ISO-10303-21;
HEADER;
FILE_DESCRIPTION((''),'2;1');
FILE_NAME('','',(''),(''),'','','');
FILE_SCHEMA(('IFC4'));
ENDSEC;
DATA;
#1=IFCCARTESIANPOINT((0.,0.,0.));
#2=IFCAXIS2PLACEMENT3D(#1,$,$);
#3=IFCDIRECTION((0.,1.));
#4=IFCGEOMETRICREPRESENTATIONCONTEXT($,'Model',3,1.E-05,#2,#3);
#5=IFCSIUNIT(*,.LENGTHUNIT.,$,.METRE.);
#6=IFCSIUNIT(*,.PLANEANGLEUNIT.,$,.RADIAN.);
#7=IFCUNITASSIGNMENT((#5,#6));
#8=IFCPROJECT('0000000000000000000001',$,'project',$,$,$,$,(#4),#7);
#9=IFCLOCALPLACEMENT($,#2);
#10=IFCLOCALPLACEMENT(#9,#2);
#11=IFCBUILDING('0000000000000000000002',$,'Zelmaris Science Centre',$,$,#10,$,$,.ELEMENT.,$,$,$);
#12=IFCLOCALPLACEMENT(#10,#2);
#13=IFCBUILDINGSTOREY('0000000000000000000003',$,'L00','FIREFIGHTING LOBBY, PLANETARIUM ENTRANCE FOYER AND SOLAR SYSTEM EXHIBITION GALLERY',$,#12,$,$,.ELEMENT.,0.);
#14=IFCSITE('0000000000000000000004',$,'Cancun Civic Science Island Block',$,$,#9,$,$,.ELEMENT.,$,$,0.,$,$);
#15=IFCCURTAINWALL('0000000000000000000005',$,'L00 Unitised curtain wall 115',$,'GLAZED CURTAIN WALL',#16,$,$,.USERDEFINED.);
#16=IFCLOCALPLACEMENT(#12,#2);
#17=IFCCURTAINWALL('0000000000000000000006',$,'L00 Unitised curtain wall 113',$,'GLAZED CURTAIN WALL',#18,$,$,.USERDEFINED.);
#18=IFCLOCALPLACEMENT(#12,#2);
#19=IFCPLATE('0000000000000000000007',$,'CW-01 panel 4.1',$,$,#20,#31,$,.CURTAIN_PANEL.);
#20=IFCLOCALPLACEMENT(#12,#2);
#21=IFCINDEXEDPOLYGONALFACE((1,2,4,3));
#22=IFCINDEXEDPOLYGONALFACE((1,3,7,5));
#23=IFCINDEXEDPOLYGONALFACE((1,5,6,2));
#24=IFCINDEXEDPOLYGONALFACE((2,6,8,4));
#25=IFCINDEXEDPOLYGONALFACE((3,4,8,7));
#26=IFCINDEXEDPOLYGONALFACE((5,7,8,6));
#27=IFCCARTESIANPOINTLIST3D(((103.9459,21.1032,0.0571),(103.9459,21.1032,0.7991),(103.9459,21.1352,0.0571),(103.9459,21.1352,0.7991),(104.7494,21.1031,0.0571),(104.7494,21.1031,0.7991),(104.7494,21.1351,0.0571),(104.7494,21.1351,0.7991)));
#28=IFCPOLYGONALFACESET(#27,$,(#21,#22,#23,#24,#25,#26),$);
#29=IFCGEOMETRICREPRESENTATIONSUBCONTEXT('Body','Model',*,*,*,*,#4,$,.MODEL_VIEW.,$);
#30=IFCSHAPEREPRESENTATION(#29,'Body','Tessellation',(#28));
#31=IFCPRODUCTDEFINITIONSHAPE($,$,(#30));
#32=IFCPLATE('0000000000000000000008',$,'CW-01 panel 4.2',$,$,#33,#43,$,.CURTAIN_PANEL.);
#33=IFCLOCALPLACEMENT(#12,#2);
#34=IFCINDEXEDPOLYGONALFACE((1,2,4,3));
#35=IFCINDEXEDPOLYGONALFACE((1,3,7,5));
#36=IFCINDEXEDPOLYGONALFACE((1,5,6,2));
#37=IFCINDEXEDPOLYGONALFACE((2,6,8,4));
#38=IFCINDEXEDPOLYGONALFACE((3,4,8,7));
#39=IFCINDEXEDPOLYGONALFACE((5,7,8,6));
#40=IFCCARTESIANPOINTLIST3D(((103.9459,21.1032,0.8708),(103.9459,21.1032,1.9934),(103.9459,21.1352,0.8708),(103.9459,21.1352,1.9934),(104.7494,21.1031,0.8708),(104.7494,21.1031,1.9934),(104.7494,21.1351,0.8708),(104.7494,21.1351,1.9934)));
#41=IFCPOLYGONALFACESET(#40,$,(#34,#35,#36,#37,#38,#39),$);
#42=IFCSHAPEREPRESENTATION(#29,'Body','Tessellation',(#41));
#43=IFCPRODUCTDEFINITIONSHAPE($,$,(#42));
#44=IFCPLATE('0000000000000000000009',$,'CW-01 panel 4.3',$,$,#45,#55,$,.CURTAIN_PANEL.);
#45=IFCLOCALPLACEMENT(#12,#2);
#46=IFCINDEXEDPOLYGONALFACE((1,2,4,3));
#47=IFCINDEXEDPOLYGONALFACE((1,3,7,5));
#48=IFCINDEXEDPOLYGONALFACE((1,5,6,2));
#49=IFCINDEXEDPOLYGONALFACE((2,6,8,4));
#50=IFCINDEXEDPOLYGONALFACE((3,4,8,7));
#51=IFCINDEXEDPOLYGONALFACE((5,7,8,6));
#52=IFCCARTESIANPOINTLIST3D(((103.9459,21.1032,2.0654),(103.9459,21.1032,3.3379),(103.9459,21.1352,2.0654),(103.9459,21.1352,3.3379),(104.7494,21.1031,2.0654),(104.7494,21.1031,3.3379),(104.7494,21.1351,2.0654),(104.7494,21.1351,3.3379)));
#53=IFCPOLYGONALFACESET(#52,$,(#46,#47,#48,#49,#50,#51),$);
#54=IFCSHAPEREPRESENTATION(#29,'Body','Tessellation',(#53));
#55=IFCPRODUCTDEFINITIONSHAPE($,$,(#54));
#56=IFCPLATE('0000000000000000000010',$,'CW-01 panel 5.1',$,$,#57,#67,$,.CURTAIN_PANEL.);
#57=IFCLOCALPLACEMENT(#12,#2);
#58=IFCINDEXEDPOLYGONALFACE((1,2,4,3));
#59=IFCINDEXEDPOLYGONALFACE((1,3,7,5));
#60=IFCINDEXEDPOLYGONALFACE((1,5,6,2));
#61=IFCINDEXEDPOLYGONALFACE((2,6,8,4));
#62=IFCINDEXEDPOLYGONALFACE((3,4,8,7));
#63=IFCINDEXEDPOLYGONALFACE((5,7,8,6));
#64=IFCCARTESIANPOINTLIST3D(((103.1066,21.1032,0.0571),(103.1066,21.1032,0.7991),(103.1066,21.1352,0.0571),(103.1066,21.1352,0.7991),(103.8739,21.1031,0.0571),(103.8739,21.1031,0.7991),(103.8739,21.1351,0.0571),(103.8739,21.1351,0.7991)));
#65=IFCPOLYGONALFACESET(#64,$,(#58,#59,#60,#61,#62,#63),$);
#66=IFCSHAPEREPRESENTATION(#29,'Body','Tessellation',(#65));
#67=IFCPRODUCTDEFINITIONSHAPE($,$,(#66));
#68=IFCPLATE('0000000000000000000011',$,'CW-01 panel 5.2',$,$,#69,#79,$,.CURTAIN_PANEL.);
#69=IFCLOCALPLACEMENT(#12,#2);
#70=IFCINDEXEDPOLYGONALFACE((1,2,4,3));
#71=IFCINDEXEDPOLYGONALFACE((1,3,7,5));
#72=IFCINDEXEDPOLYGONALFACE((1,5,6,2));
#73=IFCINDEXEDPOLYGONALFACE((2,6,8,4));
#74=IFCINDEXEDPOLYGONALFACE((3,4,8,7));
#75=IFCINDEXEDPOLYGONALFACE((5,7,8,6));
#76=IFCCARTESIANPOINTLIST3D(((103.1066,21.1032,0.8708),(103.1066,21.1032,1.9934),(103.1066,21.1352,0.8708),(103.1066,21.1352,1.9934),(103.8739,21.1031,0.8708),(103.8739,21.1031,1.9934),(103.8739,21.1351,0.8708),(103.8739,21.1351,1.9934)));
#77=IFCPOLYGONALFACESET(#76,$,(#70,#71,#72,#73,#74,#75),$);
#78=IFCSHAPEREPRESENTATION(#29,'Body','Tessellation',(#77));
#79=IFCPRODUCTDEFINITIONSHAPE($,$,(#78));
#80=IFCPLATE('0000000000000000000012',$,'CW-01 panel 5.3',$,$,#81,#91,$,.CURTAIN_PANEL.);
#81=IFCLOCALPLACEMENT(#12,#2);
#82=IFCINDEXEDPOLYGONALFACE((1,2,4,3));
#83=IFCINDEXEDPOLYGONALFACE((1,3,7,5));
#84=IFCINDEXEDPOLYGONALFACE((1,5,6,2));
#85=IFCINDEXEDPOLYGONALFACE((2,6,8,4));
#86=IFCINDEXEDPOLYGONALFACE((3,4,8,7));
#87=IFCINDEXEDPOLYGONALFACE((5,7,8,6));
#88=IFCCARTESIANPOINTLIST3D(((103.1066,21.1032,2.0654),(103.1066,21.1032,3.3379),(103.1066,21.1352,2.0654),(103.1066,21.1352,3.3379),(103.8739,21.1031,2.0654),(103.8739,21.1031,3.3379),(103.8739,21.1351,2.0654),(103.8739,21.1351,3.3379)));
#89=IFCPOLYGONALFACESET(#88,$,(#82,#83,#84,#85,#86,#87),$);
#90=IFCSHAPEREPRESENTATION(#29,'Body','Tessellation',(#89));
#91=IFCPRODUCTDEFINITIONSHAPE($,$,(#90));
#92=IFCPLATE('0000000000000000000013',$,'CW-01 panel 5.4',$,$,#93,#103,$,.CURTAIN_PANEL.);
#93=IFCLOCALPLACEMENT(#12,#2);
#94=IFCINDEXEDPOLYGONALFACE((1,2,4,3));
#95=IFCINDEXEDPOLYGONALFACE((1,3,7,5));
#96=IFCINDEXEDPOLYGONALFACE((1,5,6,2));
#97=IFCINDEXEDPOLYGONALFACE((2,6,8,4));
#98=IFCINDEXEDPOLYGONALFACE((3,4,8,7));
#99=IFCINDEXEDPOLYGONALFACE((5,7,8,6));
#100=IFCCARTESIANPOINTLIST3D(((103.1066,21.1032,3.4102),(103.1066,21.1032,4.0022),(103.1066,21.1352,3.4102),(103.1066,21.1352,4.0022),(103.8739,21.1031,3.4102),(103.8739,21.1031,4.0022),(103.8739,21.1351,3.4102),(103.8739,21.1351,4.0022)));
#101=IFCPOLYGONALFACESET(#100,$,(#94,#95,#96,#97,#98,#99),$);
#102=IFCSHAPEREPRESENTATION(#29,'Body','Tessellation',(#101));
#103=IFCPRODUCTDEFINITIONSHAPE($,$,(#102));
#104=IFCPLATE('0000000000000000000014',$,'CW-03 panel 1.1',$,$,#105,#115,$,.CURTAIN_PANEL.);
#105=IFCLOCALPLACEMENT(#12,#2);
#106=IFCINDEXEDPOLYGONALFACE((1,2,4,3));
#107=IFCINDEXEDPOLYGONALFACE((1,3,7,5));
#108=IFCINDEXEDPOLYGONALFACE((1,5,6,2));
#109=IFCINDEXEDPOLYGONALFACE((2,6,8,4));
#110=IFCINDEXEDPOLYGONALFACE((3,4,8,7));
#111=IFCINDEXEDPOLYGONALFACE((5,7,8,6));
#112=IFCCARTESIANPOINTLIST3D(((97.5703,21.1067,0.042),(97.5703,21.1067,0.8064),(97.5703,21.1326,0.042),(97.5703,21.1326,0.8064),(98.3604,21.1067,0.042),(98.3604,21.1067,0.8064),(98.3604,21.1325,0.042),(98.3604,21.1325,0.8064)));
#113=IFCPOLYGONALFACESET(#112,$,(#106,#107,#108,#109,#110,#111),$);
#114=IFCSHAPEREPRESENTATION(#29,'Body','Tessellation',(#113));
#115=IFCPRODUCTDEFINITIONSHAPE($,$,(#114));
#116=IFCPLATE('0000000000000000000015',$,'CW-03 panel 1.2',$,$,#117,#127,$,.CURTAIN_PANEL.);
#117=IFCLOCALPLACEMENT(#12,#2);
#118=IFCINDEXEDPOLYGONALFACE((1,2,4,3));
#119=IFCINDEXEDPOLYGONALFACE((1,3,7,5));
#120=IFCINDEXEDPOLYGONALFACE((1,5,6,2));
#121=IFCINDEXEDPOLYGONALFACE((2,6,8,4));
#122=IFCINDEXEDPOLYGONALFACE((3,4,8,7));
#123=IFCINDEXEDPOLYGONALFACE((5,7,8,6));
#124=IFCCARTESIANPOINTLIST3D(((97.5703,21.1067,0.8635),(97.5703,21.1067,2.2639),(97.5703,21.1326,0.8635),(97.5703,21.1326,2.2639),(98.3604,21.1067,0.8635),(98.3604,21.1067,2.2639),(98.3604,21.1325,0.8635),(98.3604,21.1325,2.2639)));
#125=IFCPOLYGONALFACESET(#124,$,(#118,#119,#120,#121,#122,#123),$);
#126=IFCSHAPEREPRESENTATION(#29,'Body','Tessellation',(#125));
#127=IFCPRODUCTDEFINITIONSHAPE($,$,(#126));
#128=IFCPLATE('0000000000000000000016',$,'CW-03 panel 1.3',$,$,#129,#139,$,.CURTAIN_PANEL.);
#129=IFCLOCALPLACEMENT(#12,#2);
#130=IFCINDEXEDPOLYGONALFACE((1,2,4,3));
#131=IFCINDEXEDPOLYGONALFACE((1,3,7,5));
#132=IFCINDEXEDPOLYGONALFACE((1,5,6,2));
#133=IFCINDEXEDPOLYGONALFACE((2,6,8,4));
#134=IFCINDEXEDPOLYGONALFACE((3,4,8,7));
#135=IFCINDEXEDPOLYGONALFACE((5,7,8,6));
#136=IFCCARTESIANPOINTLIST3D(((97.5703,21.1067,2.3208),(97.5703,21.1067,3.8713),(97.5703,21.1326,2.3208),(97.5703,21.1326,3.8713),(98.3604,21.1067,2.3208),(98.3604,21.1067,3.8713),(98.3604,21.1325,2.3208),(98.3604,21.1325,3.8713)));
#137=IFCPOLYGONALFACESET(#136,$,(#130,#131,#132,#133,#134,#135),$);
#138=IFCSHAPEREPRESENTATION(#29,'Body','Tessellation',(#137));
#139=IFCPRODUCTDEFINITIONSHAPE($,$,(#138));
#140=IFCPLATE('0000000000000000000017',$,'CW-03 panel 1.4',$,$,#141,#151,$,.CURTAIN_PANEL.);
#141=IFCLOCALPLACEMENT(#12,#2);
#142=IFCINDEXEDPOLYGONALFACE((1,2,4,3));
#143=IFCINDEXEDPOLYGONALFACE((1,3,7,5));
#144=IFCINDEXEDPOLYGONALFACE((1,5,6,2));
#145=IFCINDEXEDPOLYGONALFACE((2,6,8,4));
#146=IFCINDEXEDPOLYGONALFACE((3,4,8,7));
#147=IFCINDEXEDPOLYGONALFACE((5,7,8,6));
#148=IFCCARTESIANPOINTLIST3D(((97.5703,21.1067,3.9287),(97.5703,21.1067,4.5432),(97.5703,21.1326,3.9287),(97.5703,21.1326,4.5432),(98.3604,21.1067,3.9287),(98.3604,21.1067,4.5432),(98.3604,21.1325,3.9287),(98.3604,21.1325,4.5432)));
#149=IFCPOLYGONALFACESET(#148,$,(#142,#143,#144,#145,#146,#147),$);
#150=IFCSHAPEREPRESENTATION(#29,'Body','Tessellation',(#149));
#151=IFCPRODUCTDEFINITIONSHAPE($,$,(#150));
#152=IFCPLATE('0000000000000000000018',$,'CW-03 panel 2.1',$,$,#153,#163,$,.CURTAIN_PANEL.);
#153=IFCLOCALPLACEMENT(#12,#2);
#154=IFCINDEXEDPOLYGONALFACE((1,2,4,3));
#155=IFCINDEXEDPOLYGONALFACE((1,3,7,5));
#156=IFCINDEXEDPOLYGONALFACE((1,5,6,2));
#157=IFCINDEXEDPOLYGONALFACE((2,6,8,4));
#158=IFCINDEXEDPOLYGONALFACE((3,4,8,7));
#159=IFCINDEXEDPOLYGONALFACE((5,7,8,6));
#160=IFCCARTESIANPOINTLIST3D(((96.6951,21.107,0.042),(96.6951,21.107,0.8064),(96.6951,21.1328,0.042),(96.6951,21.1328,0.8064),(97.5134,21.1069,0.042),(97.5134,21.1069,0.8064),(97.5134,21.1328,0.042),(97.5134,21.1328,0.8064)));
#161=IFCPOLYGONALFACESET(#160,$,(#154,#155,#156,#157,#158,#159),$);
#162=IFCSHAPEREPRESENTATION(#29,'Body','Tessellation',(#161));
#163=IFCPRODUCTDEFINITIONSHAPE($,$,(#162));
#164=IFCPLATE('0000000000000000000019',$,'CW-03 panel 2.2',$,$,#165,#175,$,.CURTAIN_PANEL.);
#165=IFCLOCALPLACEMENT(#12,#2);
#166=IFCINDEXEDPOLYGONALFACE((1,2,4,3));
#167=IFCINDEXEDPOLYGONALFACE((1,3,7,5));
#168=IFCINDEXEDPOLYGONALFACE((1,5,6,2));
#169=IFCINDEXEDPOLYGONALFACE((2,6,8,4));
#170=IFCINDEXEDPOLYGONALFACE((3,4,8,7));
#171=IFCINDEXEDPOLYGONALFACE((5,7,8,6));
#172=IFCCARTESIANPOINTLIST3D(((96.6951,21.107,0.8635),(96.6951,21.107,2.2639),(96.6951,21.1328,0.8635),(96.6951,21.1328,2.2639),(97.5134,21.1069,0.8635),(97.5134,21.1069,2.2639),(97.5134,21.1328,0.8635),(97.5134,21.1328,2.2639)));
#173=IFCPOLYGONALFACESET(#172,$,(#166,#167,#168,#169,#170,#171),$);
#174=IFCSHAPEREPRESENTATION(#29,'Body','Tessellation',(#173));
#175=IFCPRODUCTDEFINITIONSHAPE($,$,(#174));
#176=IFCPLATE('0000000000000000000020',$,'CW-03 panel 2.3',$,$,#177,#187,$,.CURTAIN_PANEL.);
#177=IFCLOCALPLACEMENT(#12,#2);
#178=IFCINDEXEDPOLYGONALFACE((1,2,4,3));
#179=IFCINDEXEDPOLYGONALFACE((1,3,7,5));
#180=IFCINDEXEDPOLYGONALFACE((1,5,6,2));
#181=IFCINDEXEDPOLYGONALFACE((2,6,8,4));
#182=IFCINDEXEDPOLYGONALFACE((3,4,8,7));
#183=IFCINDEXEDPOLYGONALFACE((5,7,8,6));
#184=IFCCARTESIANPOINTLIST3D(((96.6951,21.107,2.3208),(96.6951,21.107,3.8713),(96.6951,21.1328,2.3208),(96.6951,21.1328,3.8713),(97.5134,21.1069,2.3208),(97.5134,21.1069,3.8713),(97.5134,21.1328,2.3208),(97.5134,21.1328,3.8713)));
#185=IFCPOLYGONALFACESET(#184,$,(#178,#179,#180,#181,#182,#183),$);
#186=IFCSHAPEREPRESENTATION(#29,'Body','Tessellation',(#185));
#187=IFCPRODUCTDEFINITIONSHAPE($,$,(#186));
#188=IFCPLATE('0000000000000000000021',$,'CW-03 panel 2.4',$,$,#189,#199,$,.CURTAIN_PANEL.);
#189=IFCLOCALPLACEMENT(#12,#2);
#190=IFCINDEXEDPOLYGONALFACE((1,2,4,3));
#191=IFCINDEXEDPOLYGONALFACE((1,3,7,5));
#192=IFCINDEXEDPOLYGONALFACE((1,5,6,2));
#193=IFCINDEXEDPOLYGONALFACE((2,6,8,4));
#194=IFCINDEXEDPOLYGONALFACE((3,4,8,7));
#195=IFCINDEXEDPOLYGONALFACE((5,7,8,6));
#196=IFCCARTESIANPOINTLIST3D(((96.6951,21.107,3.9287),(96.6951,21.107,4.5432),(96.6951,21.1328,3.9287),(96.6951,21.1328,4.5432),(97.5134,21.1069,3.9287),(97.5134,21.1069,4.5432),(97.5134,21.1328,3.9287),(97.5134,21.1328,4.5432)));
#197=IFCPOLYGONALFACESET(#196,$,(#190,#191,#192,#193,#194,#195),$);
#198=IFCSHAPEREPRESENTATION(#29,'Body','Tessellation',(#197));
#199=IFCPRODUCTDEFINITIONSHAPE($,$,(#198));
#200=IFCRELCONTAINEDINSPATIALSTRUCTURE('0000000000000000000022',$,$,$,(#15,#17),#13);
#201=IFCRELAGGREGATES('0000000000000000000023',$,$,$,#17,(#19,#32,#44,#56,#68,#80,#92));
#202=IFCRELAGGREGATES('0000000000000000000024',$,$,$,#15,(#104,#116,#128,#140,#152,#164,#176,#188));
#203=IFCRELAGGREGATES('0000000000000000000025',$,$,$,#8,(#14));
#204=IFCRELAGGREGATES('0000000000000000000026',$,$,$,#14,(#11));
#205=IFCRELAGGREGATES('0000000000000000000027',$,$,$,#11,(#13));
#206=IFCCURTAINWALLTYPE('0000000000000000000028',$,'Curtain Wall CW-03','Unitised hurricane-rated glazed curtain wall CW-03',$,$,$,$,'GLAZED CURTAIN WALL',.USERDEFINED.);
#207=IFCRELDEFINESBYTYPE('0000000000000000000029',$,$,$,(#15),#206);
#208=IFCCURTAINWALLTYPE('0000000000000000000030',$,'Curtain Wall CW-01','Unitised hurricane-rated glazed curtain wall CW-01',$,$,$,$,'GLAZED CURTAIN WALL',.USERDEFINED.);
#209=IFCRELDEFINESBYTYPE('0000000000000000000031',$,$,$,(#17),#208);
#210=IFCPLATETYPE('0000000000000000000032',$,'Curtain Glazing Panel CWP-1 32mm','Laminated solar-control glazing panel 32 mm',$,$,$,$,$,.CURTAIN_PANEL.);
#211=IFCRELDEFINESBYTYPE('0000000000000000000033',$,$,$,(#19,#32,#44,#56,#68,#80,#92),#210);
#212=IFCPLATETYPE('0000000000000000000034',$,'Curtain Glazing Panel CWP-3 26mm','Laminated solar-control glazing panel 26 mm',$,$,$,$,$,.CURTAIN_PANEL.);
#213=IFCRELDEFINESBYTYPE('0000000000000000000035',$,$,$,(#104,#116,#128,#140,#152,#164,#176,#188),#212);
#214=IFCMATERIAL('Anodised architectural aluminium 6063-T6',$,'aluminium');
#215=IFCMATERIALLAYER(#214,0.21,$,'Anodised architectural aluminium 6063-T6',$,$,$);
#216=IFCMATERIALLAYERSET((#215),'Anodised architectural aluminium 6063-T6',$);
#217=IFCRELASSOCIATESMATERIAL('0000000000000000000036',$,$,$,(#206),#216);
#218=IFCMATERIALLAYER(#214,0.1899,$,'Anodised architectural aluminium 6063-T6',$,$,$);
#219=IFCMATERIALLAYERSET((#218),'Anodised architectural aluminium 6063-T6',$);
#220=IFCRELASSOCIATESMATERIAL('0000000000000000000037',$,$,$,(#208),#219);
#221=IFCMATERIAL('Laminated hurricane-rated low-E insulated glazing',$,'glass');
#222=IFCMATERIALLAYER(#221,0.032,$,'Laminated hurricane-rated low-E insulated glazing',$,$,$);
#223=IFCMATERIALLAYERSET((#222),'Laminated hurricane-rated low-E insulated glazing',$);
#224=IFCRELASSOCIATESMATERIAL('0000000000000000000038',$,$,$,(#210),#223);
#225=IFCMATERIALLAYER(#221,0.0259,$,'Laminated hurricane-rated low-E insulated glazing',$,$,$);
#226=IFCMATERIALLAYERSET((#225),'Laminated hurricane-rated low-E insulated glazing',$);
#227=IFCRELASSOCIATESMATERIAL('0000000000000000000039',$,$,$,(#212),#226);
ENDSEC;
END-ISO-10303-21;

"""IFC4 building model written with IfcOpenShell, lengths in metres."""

from ifc_helpers import new_model, si_unit, direction, frame, origin, origin_2d, place, context, subcontext, project, spatial, rectangle, extrude, material, layer, layer_set, type_object, element, aggregate, save


model = new_model("IFC4")

# Units and contexts
model_context = context("Model", 3, precision=1e-05, world=origin(), true_north=direction((0.0, 1.0)))
body_context = subcontext(model_context, "Body", "Model", "MODEL_VIEW")
ifc_project = project(units=[si_unit("LENGTHUNIT", "METRE"), si_unit("PLANEANGLEUNIT", "RADIAN")], contexts=[model_context])

# Site, building, storey
site_placement = place(None, origin())
site = spatial("IfcSite", under=ifc_project, at=site_placement, Name="Cancun Civic Science Island Block", CompositionType="ELEMENT", RefElevation=0.0)
building_placement = place(site_placement, origin())
building = spatial("IfcBuilding", under=site, at=building_placement, Name="Zelmaris Science Centre", CompositionType="ELEMENT")
storey_placement = place(building_placement, origin())
storey = spatial("IfcBuildingStorey", under=building, at=storey_placement, Name="L00", Description="FIREFIGHTING LOBBY, PLANETARIUM ENTRANCE FOYER AND SOLAR SYSTEM EXHIBITION GALLERY", CompositionType="ELEMENT", Elevation=0.0)

# Curtain walls
ifc_material_1 = material(Name="Anodised architectural aluminium 6063-T6", Category="aluminium")
ifc_layer_1 = layer(ifc_material_1, 0.21, Name="Anodised architectural aluminium 6063-T6")
ifc_layer_set_1 = layer_set([ifc_layer_1], Name="Anodised architectural aluminium 6063-T6")
curtain_wall_type_1 = type_object("IfcCurtainWallType", Name="Curtain Wall CW-03", Description="Unitised hurricane-rated glazed curtain wall CW-03", ElementType="GLAZED CURTAIN WALL", PredefinedType="USERDEFINED", material=ifc_layer_set_1)
curtain_wall_1_placement = place(storey_placement, origin())
curtain_wall_1 = element("IfcCurtainWall", 1, at=curtain_wall_1_placement, inside=storey, type_object=curtain_wall_type_1, Name="L00 Unitised curtain wall 115", ObjectType="GLAZED CURTAIN WALL", PredefinedType="USERDEFINED")
ifc_layer_2 = layer(ifc_material_1, 0.1899, Name="Anodised architectural aluminium 6063-T6")
ifc_layer_set_2 = layer_set([ifc_layer_2], Name="Anodised architectural aluminium 6063-T6")
curtain_wall_type_2 = type_object("IfcCurtainWallType", Name="Curtain Wall CW-01", Description="Unitised hurricane-rated glazed curtain wall CW-01", ElementType="GLAZED CURTAIN WALL", PredefinedType="USERDEFINED", material=ifc_layer_set_2)
curtain_wall_2_placement = place(storey_placement, origin())
curtain_wall_2 = element("IfcCurtainWall", 2, at=curtain_wall_2_placement, inside=storey, type_object=curtain_wall_type_2, Name="L00 Unitised curtain wall 113", ObjectType="GLAZED CURTAIN WALL", PredefinedType="USERDEFINED")

# Plates
ifc_material_2 = material(Name="Laminated hurricane-rated low-E insulated glazing", Category="glass")
ifc_layer_3 = layer(ifc_material_2, 0.032, Name="Laminated hurricane-rated low-E insulated glazing")
ifc_layer_set_3 = layer_set([ifc_layer_3], Name="Laminated hurricane-rated low-E insulated glazing")
plate_type_1 = type_object("IfcPlateType", Name="Curtain Glazing Panel CWP-1 32mm", Description="Laminated solar-control glazing panel 32 mm", PredefinedType="CURTAIN_PANEL", material=ifc_layer_set_3)
plate_1_placement = place(storey_placement, frame((104.3477, 21.1191, 0.0571), z_axis=(0.0, 0.0, 1.0), x_axis=(-1.0, 0.000091, 0.0)))
plate_1 = element("IfcPlate", 3, at=plate_1_placement, type_object=plate_type_1, Name="CW-01 panel 4.1", PredefinedType="CURTAIN_PANEL", context=body_context, shape_type="SweptSolid", body=[
    extrude(rectangle(XDim=0.8035, YDim=0.032, at=origin_2d()), origin(), (0.0, 0.0, 1.0), 0.7419),
])
plate_2_placement = place(storey_placement, frame((104.3477, 21.1191, 0.8708), z_axis=(0.0, 0.0, 1.0), x_axis=(-1.0, 0.000091, 0.0)))
plate_2 = element("IfcPlate", 4, at=plate_2_placement, type_object=plate_type_1, Name="CW-01 panel 4.2", PredefinedType="CURTAIN_PANEL", context=body_context, shape_type="SweptSolid", body=[
    extrude(rectangle(XDim=0.8035, YDim=0.032, at=origin_2d()), origin(), (0.0, 0.0, 1.0), 1.1226),
])
plate_3_placement = place(storey_placement, frame((104.3477, 21.1191, 2.0654), z_axis=(0.0, 0.0, 1.0), x_axis=(-1.0, 0.000091, 0.0)))
plate_3 = element("IfcPlate", 5, at=plate_3_placement, type_object=plate_type_1, Name="CW-01 panel 4.3", PredefinedType="CURTAIN_PANEL", context=body_context, shape_type="SweptSolid", body=[
    extrude(rectangle(XDim=0.8035, YDim=0.032, at=origin_2d()), origin(), (0.0, 0.0, 1.0), 1.2725),
])
plate_4_placement = place(storey_placement, frame((103.4902, 21.1191, 0.0571), z_axis=(0.0, 0.0, 1.0), x_axis=(-1.0, 0.000091, 0.0)))
plate_4 = element("IfcPlate", 6, at=plate_4_placement, type_object=plate_type_1, Name="CW-01 panel 5.1", PredefinedType="CURTAIN_PANEL", context=body_context, shape_type="SweptSolid", body=[
    extrude(rectangle(XDim=0.7673, YDim=0.032, at=origin_2d()), origin(), (0.0, 0.0, 1.0), 0.7419),
])
plate_5_placement = place(storey_placement, frame((103.4902, 21.1191, 0.8708), z_axis=(0.0, 0.0, 1.0), x_axis=(-1.0, 0.000091, 0.0)))
plate_5 = element("IfcPlate", 7, at=plate_5_placement, type_object=plate_type_1, Name="CW-01 panel 5.2", PredefinedType="CURTAIN_PANEL", context=body_context, shape_type="SweptSolid", body=[
    extrude(rectangle(XDim=0.7673, YDim=0.032, at=origin_2d()), origin(), (0.0, 0.0, 1.0), 1.1226),
])
plate_6_placement = place(storey_placement, frame((103.4902, 21.1191, 2.0654), z_axis=(0.0, 0.0, 1.0), x_axis=(-1.0, 0.000091, 0.0)))
plate_6 = element("IfcPlate", 8, at=plate_6_placement, type_object=plate_type_1, Name="CW-01 panel 5.3", PredefinedType="CURTAIN_PANEL", context=body_context, shape_type="SweptSolid", body=[
    extrude(rectangle(XDim=0.7673, YDim=0.032, at=origin_2d()), origin(), (0.0, 0.0, 1.0), 1.2725),
])
plate_7_placement = place(storey_placement, frame((103.4902, 21.1191, 3.4102), z_axis=(0.0, 0.0, 1.0), x_axis=(-1.0, 0.000091, 0.0)))
plate_7 = element("IfcPlate", 9, at=plate_7_placement, type_object=plate_type_1, Name="CW-01 panel 5.4", PredefinedType="CURTAIN_PANEL", context=body_context, shape_type="SweptSolid", body=[
    extrude(rectangle(XDim=0.7673, YDim=0.032, at=origin_2d()), origin(), (0.0, 0.0, 1.0), 0.592),
])
aggregate(curtain_wall_2, [plate_1, plate_2, plate_3, plate_4, plate_5, plate_6, plate_7])
ifc_layer_4 = layer(ifc_material_2, 0.0259, Name="Laminated hurricane-rated low-E insulated glazing")
ifc_layer_set_4 = layer_set([ifc_layer_4], Name="Laminated hurricane-rated low-E insulated glazing")
plate_type_2 = type_object("IfcPlateType", Name="Curtain Glazing Panel CWP-3 26mm", Description="Laminated solar-control glazing panel 26 mm", PredefinedType="CURTAIN_PANEL", material=ifc_layer_set_4)
plate_8_placement = place(storey_placement, frame((97.9653, 21.1196, 0.042), z_axis=(0.0, 0.0, 1.0), x_axis=(-1.0, 0.000069, 0.0)))
plate_8 = element("IfcPlate", 10, at=plate_8_placement, type_object=plate_type_2, Name="CW-03 panel 1.1", PredefinedType="CURTAIN_PANEL", context=body_context, shape_type="SweptSolid", body=[
    extrude(rectangle(XDim=0.79, YDim=0.0259, at=origin_2d()), origin(), (0.0, 0.0, 1.0), 0.7644),
])
plate_9_placement = place(storey_placement, frame((97.9653, 21.1196, 0.8635), z_axis=(0.0, 0.0, 1.0), x_axis=(-1.0, 0.000069, 0.0)))
plate_9 = element("IfcPlate", 11, at=plate_9_placement, type_object=plate_type_2, Name="CW-03 panel 1.2", PredefinedType="CURTAIN_PANEL", context=body_context, shape_type="SweptSolid", body=[
    extrude(rectangle(XDim=0.79, YDim=0.0259, at=origin_2d()), origin(), (0.0, 0.0, 1.0), 1.4004),
])
plate_10_placement = place(storey_placement, frame((97.9653, 21.1196, 2.3208), z_axis=(0.0, 0.0, 1.0), x_axis=(-1.0, 0.000069, 0.0)))
plate_10 = element("IfcPlate", 12, at=plate_10_placement, type_object=plate_type_2, Name="CW-03 panel 1.3", PredefinedType="CURTAIN_PANEL", context=body_context, shape_type="SweptSolid", body=[
    extrude(rectangle(XDim=0.79, YDim=0.0259, at=origin_2d()), origin(), (0.0, 0.0, 1.0), 1.5505),
])
plate_11_placement = place(storey_placement, frame((97.9653, 21.1196, 3.9287), z_axis=(0.0, 0.0, 1.0), x_axis=(-1.0, 0.000069, 0.0)))
plate_11 = element("IfcPlate", 13, at=plate_11_placement, type_object=plate_type_2, Name="CW-03 panel 1.4", PredefinedType="CURTAIN_PANEL", context=body_context, shape_type="SweptSolid", body=[
    extrude(rectangle(XDim=0.79, YDim=0.0259, at=origin_2d()), origin(), (0.0, 0.0, 1.0), 0.6145),
])
plate_12_placement = place(storey_placement, frame((97.1042, 21.1199, 0.042), z_axis=(0.0, 0.0, 1.0), x_axis=(-1.0, 0.000069, 0.0)))
plate_12 = element("IfcPlate", 14, at=plate_12_placement, type_object=plate_type_2, Name="CW-03 panel 2.1", PredefinedType="CURTAIN_PANEL", context=body_context, shape_type="SweptSolid", body=[
    extrude(rectangle(XDim=0.8184, YDim=0.0259, at=origin_2d()), origin(), (0.0, 0.0, 1.0), 0.7644),
])
plate_13_placement = place(storey_placement, frame((97.1042, 21.1199, 0.8635), z_axis=(0.0, 0.0, 1.0), x_axis=(-1.0, 0.000069, 0.0)))
plate_13 = element("IfcPlate", 15, at=plate_13_placement, type_object=plate_type_2, Name="CW-03 panel 2.2", PredefinedType="CURTAIN_PANEL", context=body_context, shape_type="SweptSolid", body=[
    extrude(rectangle(XDim=0.8184, YDim=0.0259, at=origin_2d()), origin(), (0.0, 0.0, 1.0), 1.4004),
])
plate_14_placement = place(storey_placement, frame((97.1042, 21.1199, 2.3208), z_axis=(0.0, 0.0, 1.0), x_axis=(-1.0, 0.000069, 0.0)))
plate_14 = element("IfcPlate", 16, at=plate_14_placement, type_object=plate_type_2, Name="CW-03 panel 2.3", PredefinedType="CURTAIN_PANEL", context=body_context, shape_type="SweptSolid", body=[
    extrude(rectangle(XDim=0.8184, YDim=0.0259, at=origin_2d()), origin(), (0.0, 0.0, 1.0), 1.5505),
])
plate_15_placement = place(storey_placement, frame((97.1042, 21.1199, 3.9287), z_axis=(0.0, 0.0, 1.0), x_axis=(-1.0, 0.000069, 0.0)))
plate_15 = element("IfcPlate", 17, at=plate_15_placement, type_object=plate_type_2, Name="CW-03 panel 2.4", PredefinedType="CURTAIN_PANEL", context=body_context, shape_type="SweptSolid", body=[
    extrude(rectangle(XDim=0.8184, YDim=0.0259, at=origin_2d()), origin(), (0.0, 0.0, 1.0), 0.6145),
])
aggregate(curtain_wall_1, [plate_8, plate_9, plate_10, plate_11, plate_12, plate_13, plate_14, plate_15])

save(model, "model.ifc")
